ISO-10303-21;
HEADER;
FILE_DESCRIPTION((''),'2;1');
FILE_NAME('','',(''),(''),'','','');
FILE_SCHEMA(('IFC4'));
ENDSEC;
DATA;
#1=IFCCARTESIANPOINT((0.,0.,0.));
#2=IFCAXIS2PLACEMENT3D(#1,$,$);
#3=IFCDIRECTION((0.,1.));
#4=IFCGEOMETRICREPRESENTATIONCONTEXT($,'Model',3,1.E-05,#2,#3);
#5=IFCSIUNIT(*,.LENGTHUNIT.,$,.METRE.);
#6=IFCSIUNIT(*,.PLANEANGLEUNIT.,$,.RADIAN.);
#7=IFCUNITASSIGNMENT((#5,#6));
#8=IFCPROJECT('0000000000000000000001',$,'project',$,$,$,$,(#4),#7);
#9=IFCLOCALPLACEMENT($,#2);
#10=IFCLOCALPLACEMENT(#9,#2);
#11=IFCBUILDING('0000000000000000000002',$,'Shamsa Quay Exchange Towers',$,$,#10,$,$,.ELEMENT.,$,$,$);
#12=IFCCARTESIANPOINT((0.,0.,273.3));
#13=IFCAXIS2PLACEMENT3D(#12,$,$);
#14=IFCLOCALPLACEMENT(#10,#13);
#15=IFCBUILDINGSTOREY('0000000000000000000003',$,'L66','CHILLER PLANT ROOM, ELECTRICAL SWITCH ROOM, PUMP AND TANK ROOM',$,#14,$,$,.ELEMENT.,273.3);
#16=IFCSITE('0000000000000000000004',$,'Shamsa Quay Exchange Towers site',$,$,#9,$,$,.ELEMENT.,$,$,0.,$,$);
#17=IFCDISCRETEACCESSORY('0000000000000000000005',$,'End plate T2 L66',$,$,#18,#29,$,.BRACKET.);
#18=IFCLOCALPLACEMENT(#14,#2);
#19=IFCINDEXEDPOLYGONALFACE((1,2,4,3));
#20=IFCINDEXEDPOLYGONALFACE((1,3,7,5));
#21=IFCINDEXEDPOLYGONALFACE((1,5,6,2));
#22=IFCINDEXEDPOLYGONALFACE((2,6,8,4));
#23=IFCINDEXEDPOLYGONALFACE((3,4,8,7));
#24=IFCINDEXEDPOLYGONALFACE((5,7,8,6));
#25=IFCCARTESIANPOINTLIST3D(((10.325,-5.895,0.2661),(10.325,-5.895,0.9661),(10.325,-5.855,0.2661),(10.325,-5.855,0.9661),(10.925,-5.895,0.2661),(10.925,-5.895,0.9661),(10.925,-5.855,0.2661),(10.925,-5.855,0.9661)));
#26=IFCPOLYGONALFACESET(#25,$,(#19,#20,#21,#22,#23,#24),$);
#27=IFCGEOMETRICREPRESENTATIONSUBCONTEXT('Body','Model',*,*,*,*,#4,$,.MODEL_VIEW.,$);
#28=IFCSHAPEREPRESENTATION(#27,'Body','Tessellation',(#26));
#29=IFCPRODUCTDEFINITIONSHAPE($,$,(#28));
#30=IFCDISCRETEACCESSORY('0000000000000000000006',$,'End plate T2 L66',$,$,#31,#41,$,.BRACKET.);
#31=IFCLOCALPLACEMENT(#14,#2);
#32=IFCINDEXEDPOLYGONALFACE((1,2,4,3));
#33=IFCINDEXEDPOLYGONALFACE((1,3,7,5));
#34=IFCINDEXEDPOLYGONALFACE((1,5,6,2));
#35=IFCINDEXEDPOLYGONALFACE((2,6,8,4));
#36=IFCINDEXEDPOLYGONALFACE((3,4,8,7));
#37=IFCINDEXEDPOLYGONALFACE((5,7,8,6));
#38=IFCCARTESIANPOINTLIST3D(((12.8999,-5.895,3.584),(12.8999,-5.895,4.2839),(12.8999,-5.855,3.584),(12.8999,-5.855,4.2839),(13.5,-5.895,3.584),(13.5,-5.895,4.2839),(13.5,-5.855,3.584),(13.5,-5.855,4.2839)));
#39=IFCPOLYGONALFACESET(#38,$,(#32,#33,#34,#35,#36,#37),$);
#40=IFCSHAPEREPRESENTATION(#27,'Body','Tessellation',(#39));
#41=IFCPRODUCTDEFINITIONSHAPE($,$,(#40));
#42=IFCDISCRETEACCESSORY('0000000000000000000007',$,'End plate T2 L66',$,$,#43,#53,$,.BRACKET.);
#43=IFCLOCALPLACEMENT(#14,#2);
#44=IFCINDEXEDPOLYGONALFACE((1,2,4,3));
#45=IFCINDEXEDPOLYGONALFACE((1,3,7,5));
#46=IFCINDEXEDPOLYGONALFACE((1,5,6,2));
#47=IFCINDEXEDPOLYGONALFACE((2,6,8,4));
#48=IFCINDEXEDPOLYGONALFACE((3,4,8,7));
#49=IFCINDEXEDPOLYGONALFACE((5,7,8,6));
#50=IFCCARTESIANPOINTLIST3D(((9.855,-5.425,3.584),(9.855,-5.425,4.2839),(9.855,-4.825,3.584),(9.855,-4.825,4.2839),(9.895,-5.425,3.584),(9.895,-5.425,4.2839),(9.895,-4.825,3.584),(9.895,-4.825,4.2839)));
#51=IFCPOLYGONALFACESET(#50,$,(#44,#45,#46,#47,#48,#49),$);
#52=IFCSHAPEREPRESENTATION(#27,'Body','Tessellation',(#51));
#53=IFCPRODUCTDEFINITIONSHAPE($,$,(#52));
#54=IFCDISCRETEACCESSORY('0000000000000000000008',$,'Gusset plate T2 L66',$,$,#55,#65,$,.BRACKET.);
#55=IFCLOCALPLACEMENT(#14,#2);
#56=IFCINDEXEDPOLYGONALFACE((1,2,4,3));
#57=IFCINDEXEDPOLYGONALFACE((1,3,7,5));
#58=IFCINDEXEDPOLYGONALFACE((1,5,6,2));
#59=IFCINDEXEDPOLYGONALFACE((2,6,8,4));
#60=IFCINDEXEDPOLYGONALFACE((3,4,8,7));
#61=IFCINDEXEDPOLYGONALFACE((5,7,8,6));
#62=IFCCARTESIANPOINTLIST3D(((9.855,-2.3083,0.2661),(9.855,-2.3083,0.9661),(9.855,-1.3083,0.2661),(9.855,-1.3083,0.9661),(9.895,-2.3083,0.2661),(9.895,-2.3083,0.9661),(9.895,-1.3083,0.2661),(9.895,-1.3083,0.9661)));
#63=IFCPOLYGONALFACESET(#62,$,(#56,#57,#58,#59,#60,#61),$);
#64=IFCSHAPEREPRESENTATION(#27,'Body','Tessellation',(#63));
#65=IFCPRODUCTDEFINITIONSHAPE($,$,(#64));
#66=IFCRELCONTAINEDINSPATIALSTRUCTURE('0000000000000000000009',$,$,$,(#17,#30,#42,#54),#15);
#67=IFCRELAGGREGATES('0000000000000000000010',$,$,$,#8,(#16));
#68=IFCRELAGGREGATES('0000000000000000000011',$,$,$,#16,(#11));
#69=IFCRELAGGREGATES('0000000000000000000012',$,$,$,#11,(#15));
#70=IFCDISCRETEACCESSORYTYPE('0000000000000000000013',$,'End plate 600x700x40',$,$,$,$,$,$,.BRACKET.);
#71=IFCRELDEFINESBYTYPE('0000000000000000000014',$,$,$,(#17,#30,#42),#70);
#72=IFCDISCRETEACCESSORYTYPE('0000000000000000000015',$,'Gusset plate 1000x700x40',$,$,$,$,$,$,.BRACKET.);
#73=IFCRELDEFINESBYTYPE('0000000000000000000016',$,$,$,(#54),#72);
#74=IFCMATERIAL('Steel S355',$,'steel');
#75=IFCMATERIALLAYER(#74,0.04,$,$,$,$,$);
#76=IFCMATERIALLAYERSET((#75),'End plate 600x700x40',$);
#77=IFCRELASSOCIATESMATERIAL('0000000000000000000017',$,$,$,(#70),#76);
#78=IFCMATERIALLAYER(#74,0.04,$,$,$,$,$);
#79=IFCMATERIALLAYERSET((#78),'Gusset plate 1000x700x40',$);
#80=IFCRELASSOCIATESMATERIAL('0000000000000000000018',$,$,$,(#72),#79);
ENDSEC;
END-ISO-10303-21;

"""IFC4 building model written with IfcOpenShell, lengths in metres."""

from ifc_helpers import new_model, si_unit, direction, frame, origin, origin_2d, place, context, subcontext, project, spatial, rectangle, extrude, material, layer, layer_set, type_object, element, save


model = new_model("IFC4")

# Units and contexts
model_context = context("Model", 3, precision=1e-05, world=origin(), true_north=direction((0.0, 1.0)))
body_context = subcontext(model_context, "Body", "Model", "MODEL_VIEW")
ifc_project = project(units=[si_unit("LENGTHUNIT", "METRE"), si_unit("PLANEANGLEUNIT", "RADIAN")], contexts=[model_context])

# Site, building, storey
site_placement = place(None, origin())
site = spatial("IfcSite", under=ifc_project, at=site_placement, Name="Shamsa Quay Exchange Towers site", CompositionType="ELEMENT", RefElevation=0.0)
building_placement = place(site_placement, origin())
building = spatial("IfcBuilding", under=site, at=building_placement, Name="Shamsa Quay Exchange Towers", CompositionType="ELEMENT")
storey_placement = place(building_placement, frame((0.0, 0.0, 273.3)))
storey = spatial("IfcBuildingStorey", under=building, at=storey_placement, Name="L66", Description="CHILLER PLANT ROOM, ELECTRICAL SWITCH ROOM, PUMP AND TANK ROOM", CompositionType="ELEMENT", Elevation=273.3)

# Shared definitions
ifc_material_1 = material(Name="Steel S355", Category="steel")

# Discrete accessories
ifc_layer_1 = layer(ifc_material_1, 0.04)
ifc_layer_set_1 = layer_set([ifc_layer_1], Name="End plate 600x700x40")
discrete_accessory_type_1 = type_object("IfcDiscreteAccessoryType", Name="End plate 600x700x40", PredefinedType="BRACKET", material=ifc_layer_set_1)
for number, where, name in (
    (1, (10.625, -5.875, 0.2661), "End plate T2 L66"),
    (2, (13.2, -5.875, 3.584), "End plate T2 L66"),
):
    element("IfcDiscreteAccessory", number, at=place(storey_placement, frame(where)), inside=storey, type_object=discrete_accessory_type_1, Name=name, PredefinedType="BRACKET", context=body_context, shape_type="SweptSolid", body=[
        extrude(rectangle(XDim=0.6001, YDim=0.04, at=origin_2d()), origin(), (0.0, 0.0, 1.0), 0.7),
    ])
discrete_accessory_1_placement = place(storey_placement, frame((9.875, -5.125, 3.584), z_axis=(0.0, 0.0, 1.0), x_axis=(0.0, -1.0, 0.0)))
element("IfcDiscreteAccessory", 3, at=discrete_accessory_1_placement, inside=storey, type_object=discrete_accessory_type_1, Name="End plate T2 L66", PredefinedType="BRACKET", context=body_context, shape_type="SweptSolid", body=[
    extrude(rectangle(XDim=0.6001, YDim=0.04, at=origin_2d()), origin(), (0.0, 0.0, 1.0), 0.7),
])
ifc_layer_2 = layer(ifc_material_1, 0.04)
ifc_layer_set_2 = layer_set([ifc_layer_2], Name="Gusset plate 1000x700x40")
discrete_accessory_type_2 = type_object("IfcDiscreteAccessoryType", Name="Gusset plate 1000x700x40", PredefinedType="BRACKET", material=ifc_layer_set_2)
discrete_accessory_2_placement = place(storey_placement, frame((9.875, -1.8083, 0.2661), z_axis=(0.0, 0.0, 1.0), x_axis=(0.0, -1.0, 0.0)))
element("IfcDiscreteAccessory", 4, at=discrete_accessory_2_placement, inside=storey, type_object=discrete_accessory_type_2, Name="Gusset plate T2 L66", PredefinedType="BRACKET", context=body_context, shape_type="SweptSolid", body=[
    extrude(rectangle(XDim=1.0, YDim=0.04, at=origin_2d()), origin(), (0.0, 0.0, 1.0), 0.7),
])

save(model, "model.ifc")
